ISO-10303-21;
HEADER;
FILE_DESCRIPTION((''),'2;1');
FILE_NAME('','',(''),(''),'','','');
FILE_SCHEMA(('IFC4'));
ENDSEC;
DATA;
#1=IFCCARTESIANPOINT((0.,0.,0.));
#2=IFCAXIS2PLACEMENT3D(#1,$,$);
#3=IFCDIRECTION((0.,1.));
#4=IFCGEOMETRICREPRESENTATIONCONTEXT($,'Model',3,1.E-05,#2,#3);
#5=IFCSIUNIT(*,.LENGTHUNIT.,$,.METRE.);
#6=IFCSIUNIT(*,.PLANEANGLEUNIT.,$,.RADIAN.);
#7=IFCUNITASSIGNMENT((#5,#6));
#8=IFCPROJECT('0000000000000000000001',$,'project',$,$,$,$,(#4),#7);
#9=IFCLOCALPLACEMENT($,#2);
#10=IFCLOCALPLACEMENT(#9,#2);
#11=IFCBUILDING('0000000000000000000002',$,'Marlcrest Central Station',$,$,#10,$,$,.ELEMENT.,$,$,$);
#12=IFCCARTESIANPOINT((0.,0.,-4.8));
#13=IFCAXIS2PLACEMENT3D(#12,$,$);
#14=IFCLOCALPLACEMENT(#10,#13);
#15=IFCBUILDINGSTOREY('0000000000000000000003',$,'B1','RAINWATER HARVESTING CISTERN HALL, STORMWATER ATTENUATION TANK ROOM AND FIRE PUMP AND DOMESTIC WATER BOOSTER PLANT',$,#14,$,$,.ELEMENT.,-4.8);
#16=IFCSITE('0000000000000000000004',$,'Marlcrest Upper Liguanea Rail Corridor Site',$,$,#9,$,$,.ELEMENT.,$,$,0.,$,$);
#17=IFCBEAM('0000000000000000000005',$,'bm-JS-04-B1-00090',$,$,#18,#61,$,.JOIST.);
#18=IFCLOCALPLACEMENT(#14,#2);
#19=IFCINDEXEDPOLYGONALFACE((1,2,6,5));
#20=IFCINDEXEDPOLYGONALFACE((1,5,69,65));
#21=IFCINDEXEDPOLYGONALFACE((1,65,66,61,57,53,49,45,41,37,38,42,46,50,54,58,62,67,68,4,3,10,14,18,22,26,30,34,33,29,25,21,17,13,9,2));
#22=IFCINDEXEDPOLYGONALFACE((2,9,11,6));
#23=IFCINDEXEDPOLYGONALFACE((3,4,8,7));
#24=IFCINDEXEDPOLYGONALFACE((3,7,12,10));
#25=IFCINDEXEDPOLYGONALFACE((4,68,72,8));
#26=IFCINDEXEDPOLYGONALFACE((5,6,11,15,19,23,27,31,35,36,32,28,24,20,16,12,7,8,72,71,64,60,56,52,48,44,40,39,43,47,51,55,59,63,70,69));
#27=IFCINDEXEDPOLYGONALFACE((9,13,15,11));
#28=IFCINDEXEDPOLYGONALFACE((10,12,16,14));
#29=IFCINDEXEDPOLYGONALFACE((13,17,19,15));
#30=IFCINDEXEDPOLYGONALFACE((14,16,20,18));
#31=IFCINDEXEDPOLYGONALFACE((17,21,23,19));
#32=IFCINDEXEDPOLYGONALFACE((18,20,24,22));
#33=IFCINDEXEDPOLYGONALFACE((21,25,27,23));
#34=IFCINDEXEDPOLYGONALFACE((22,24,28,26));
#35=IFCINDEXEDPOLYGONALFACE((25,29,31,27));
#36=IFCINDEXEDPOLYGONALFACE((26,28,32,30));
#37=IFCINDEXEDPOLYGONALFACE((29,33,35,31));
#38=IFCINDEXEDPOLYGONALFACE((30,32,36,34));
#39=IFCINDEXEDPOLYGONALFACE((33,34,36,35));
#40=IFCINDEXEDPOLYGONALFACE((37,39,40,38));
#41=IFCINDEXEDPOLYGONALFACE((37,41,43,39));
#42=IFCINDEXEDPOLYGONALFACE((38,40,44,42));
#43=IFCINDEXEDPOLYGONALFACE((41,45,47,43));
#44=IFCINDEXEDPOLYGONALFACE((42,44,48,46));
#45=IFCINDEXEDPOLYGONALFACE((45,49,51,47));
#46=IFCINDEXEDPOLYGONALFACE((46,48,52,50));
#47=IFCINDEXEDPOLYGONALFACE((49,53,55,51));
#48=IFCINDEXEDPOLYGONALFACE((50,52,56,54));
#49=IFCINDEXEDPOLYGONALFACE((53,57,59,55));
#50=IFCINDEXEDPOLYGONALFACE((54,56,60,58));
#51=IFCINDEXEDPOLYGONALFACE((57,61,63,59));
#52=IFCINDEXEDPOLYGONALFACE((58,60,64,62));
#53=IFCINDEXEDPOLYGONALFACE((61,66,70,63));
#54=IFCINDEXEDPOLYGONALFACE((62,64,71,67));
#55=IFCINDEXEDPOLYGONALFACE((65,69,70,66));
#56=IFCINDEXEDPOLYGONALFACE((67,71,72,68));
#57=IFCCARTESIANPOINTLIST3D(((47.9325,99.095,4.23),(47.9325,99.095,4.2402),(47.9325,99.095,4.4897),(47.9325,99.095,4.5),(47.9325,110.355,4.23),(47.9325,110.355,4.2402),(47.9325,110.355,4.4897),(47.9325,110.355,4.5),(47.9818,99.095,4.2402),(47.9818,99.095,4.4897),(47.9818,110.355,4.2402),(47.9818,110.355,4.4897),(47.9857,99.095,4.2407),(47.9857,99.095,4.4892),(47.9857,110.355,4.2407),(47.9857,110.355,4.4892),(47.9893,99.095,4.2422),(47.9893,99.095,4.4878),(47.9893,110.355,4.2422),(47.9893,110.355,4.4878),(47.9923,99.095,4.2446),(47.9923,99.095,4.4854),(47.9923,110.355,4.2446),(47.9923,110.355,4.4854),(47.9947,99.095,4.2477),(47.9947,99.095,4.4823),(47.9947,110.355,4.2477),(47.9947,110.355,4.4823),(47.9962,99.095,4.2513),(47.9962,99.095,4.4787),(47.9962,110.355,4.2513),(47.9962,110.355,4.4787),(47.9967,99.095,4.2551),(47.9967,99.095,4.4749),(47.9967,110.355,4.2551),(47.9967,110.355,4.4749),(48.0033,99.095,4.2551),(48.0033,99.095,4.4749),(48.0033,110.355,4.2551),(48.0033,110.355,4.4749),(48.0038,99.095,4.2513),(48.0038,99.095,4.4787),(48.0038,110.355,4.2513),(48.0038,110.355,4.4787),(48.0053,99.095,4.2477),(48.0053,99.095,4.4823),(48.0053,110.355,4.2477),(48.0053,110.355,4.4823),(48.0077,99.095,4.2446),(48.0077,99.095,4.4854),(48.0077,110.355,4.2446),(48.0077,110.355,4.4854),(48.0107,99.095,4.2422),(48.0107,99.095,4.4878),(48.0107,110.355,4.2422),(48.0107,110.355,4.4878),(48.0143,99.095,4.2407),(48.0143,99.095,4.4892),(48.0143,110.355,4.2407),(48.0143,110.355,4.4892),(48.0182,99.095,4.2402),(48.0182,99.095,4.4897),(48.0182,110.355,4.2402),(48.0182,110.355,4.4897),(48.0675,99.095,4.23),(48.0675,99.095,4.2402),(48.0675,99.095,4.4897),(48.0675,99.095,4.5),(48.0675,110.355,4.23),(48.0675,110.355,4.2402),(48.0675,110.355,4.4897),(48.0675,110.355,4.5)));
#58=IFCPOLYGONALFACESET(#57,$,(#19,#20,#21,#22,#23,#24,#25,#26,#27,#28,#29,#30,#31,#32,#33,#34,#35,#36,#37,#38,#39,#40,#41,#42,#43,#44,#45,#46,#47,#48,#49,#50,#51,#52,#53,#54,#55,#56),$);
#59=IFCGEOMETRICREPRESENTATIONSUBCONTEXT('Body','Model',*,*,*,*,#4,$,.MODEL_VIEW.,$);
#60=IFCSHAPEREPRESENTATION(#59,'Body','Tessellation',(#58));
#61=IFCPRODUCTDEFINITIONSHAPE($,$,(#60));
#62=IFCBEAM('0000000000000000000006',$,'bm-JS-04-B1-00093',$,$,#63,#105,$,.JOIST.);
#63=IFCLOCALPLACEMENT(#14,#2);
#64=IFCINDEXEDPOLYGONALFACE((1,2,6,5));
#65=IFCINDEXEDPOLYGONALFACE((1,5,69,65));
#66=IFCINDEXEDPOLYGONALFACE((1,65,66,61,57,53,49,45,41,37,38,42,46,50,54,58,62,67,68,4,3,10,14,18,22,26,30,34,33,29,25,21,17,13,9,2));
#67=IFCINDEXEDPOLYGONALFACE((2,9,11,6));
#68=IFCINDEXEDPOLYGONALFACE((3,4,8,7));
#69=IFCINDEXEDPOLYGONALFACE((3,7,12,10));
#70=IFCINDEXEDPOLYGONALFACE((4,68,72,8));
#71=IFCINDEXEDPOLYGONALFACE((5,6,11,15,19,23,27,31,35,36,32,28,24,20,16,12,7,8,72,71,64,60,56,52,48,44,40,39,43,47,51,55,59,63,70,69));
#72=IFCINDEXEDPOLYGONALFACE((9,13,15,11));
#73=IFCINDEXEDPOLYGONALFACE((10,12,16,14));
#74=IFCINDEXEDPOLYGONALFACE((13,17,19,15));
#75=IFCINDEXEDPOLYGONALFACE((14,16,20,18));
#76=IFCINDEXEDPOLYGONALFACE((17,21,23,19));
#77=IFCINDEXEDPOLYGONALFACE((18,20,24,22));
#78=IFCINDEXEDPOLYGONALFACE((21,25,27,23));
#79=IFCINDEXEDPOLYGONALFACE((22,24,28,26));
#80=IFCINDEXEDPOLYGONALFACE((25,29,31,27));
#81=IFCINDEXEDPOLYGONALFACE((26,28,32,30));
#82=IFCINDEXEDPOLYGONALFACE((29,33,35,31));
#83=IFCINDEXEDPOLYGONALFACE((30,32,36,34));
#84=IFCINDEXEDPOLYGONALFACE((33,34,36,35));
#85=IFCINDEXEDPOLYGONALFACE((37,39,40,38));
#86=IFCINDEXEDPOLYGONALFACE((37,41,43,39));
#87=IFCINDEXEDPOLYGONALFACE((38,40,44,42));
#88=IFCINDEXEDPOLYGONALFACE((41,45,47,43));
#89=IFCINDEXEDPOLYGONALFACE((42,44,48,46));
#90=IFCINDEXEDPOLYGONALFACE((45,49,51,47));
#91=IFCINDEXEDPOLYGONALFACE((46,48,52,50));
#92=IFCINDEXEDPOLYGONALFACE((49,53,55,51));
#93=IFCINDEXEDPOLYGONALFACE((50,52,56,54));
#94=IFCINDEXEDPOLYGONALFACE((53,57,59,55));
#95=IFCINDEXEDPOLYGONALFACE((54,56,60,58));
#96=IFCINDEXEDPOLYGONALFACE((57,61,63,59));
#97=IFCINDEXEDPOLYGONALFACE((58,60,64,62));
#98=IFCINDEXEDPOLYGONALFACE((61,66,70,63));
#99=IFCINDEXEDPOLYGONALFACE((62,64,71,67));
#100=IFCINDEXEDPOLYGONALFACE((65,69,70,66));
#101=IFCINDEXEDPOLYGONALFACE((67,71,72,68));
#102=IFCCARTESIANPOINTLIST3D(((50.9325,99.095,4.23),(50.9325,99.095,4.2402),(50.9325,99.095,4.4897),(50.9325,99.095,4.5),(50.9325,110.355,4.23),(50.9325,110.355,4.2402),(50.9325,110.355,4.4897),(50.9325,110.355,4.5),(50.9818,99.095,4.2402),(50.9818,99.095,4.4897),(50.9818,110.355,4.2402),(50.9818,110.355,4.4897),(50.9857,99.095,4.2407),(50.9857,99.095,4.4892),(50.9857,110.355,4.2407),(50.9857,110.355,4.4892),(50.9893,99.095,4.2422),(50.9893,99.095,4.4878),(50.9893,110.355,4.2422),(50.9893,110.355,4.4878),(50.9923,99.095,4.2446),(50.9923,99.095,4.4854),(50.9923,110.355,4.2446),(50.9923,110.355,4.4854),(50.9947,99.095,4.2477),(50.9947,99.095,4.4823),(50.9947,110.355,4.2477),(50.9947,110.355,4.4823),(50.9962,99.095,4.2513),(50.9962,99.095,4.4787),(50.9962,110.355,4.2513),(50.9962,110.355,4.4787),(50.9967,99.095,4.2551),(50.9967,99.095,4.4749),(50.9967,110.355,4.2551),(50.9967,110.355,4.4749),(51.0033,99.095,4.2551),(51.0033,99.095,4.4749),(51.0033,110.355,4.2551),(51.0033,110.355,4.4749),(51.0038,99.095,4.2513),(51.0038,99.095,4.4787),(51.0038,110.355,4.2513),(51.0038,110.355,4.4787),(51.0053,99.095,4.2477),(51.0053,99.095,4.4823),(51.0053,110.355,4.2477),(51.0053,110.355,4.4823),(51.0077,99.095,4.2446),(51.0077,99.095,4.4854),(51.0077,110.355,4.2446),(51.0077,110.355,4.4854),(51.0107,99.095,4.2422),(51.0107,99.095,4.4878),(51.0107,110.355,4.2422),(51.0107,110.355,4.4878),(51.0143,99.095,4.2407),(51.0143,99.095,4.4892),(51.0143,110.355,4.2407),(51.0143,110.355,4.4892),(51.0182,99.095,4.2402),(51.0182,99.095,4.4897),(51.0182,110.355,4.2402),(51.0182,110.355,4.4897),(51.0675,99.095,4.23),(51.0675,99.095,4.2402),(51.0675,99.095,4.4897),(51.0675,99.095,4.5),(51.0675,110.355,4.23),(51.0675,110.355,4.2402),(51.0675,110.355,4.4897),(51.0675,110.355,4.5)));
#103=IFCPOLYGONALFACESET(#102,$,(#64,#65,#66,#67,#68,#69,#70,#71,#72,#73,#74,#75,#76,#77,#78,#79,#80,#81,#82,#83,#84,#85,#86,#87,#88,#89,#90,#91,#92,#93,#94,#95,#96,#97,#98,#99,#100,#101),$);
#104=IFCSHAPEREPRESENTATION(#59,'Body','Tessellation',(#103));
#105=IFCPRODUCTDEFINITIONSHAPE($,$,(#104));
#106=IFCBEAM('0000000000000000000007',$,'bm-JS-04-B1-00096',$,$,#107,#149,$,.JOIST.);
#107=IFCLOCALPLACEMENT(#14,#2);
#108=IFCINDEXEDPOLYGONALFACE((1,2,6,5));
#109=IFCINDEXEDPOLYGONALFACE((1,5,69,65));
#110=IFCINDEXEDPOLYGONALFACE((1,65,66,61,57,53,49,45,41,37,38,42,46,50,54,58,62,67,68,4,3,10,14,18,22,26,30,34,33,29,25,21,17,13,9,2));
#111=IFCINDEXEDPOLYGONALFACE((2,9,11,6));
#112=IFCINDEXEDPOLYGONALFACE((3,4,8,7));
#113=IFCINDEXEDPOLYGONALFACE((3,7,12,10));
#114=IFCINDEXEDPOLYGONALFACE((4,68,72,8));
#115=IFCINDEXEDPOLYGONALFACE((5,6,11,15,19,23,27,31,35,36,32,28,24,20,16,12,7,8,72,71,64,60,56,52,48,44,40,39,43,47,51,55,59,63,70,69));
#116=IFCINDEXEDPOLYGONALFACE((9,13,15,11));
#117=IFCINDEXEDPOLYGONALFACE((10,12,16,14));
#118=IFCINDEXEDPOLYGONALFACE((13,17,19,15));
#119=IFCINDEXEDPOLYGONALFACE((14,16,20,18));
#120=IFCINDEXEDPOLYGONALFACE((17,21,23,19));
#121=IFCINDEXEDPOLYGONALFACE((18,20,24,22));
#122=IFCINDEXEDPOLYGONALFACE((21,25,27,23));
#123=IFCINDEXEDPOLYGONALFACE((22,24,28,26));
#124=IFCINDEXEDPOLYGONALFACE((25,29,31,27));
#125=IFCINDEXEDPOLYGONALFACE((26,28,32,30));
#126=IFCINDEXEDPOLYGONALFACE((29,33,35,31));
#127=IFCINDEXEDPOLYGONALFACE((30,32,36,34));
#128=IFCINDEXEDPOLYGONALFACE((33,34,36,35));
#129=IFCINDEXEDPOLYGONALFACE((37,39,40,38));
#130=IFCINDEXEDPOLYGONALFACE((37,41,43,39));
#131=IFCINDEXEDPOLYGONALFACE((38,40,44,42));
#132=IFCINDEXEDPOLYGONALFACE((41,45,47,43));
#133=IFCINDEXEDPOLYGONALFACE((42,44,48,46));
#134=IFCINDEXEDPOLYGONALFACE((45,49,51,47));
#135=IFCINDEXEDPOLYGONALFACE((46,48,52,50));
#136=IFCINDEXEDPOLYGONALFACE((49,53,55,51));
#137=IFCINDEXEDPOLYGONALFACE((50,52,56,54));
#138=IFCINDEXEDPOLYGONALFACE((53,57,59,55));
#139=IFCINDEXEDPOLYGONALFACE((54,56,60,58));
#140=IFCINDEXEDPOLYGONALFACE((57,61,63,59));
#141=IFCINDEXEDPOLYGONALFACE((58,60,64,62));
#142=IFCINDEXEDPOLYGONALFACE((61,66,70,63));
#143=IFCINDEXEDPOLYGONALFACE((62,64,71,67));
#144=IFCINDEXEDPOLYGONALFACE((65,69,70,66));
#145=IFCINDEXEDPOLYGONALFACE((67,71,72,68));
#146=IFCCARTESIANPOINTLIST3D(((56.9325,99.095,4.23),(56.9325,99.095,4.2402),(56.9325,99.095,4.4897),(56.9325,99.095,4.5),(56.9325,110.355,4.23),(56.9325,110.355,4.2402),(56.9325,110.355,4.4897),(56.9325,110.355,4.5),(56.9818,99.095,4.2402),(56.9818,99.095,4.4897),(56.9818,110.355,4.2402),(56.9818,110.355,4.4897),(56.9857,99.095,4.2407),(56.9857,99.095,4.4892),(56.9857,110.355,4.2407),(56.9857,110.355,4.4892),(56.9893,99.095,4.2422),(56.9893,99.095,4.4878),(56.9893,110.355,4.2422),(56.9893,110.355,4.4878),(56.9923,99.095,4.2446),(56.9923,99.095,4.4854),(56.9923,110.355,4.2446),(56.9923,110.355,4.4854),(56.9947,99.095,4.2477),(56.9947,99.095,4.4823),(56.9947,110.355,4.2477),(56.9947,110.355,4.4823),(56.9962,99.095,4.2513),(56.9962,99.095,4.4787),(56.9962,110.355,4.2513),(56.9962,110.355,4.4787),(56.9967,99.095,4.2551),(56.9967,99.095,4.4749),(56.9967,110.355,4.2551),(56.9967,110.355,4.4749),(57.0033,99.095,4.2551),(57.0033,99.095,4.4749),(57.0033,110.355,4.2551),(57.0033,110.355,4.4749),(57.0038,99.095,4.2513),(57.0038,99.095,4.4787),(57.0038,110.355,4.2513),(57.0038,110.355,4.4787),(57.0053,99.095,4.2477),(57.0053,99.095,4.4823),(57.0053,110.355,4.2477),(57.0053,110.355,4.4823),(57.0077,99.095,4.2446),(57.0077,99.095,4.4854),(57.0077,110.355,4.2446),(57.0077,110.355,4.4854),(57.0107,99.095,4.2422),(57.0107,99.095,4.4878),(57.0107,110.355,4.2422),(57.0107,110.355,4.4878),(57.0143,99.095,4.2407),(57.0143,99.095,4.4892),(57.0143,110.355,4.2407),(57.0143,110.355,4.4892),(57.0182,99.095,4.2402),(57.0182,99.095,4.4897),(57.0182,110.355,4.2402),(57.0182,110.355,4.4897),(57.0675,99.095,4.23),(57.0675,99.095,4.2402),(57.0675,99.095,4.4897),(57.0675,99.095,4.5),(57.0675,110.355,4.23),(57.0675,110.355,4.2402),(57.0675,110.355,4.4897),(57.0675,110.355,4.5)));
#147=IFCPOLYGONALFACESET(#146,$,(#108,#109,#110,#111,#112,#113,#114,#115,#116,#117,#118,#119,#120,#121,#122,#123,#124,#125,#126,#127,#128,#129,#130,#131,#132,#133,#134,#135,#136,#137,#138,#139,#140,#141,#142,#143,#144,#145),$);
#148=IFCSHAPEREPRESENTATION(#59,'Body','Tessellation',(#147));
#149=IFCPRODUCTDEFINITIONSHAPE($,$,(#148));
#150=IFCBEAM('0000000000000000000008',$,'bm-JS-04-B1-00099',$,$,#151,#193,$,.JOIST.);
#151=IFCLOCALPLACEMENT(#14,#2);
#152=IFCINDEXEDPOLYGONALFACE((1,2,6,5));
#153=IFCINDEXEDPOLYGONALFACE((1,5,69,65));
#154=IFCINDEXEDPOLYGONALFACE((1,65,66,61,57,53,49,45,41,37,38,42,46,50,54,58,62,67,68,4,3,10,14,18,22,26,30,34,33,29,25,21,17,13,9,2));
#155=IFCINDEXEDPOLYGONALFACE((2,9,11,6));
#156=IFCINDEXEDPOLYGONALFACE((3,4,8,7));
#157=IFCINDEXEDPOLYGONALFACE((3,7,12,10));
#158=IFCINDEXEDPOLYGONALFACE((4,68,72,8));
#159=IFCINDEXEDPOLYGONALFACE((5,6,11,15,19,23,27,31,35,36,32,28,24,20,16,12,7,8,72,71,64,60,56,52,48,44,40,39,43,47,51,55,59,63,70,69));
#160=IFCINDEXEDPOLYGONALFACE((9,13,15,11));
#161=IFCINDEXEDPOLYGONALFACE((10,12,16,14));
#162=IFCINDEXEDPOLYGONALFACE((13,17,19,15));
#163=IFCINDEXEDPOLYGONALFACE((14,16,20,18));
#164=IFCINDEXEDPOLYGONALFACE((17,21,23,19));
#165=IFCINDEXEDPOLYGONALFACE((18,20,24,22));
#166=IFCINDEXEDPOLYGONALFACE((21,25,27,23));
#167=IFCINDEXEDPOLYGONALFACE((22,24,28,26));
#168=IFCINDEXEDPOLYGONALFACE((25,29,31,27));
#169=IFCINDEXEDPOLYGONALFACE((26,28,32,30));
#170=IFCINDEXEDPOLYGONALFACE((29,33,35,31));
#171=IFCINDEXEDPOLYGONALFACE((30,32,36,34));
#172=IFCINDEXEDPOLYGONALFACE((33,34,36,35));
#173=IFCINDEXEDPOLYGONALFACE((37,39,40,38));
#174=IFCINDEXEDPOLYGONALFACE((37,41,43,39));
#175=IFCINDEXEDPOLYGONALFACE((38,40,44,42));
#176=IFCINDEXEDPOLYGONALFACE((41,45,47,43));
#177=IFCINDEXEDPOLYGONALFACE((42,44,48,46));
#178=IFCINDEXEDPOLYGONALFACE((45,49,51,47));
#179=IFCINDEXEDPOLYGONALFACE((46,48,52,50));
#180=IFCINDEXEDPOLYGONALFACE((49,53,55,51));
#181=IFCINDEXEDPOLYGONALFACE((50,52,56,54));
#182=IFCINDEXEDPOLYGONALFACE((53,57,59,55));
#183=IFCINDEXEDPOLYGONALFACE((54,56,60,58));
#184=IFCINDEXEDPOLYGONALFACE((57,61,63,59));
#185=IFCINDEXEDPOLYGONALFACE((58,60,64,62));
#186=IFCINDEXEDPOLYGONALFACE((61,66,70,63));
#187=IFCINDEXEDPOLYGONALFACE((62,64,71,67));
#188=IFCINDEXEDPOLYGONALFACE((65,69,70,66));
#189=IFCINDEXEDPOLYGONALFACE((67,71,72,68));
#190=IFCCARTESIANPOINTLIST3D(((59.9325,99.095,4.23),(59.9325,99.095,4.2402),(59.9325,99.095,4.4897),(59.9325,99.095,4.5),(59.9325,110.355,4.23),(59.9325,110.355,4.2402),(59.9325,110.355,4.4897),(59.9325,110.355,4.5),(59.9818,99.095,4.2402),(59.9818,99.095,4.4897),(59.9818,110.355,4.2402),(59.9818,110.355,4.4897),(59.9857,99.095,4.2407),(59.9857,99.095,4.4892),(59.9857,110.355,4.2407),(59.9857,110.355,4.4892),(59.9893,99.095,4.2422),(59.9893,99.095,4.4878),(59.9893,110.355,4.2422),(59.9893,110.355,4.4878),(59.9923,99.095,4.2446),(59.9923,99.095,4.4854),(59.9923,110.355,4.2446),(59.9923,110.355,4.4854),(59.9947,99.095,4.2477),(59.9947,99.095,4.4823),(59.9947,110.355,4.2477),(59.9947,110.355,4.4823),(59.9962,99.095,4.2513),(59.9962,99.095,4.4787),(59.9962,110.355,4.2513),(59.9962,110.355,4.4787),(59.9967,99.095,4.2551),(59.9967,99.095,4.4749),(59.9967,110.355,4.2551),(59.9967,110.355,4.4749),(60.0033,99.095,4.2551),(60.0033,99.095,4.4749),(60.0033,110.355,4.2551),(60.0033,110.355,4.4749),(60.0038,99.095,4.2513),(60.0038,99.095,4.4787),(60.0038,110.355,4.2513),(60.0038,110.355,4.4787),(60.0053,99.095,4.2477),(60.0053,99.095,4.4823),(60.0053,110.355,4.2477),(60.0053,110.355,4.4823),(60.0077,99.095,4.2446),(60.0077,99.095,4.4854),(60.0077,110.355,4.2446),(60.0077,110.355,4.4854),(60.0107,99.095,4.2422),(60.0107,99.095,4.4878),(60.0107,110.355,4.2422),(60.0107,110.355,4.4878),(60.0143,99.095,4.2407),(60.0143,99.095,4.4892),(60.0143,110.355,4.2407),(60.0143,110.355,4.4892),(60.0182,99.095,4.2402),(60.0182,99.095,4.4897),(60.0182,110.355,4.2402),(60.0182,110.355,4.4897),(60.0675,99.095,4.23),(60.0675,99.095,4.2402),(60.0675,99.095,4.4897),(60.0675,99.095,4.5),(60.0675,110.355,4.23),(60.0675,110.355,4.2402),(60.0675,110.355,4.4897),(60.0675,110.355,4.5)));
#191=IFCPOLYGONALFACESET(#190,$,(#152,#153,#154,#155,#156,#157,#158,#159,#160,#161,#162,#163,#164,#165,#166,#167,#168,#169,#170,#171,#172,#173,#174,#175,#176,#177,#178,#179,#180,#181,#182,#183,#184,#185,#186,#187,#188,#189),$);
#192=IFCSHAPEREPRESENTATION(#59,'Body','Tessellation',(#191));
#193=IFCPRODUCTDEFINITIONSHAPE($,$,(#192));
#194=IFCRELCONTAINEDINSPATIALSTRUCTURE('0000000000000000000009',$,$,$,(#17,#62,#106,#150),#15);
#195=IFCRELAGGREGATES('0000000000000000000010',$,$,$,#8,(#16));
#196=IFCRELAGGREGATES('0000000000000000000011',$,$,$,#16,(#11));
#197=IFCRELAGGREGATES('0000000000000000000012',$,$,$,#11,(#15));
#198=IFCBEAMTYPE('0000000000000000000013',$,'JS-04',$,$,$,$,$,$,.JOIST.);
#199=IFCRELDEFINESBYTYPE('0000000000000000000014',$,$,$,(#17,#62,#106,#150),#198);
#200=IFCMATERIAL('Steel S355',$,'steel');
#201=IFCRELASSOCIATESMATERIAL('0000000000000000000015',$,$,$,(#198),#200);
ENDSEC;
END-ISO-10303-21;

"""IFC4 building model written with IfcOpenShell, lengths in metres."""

from ifc_helpers import new_model, si_unit, direction, frame, origin, origin_2d, place, context, subcontext, project, spatial, i_section, extrude, material, material_profile, profile_set, type_object, element, save


model = new_model("IFC4")

# Units and contexts
model_context = context("Model", 3, precision=1e-05, world=origin(), true_north=direction((0.0, 1.0)))
body_context = subcontext(model_context, "Body", "Model", "MODEL_VIEW")
ifc_project = project(units=[si_unit("LENGTHUNIT", "METRE"), si_unit("PLANEANGLEUNIT", "RADIAN")], contexts=[model_context])

# Site, building, storey
site_placement = place(None, origin())
site = spatial("IfcSite", under=ifc_project, at=site_placement, Name="Marlcrest Upper Liguanea Rail Corridor Site", CompositionType="ELEMENT", RefElevation=0.0)
building_placement = place(site_placement, origin())
building = spatial("IfcBuilding", under=site, at=building_placement, Name="Marlcrest Central Station", CompositionType="ELEMENT")
storey_placement = place(building_placement, frame((0.0, 0.0, -4.8)))
storey = spatial("IfcBuildingStorey", under=building, at=storey_placement, Name="B1", Description="RAINWATER HARVESTING CISTERN HALL, STORMWATER ATTENUATION TANK ROOM AND FIRE PUMP AND DOMESTIC WATER BOOSTER PLANT", CompositionType="ELEMENT", Elevation=-4.8)

# Beams
ifc_material_1 = material(Name="Steel S355", Category="steel")
ifc_material_profile_1 = material_profile(ifc_material_1, i_section(OverallWidth=0.135, OverallDepth=0.27, WebThickness=0.0066, FlangeThickness=0.0103, FilletRadius=0.0149, at=origin_2d()), Name="IPE 270")
ifc_profile_set_1 = profile_set([ifc_material_profile_1], Name="Steel S355")
beam_type_1 = type_object("IfcBeamType", Name="JS-04", PredefinedType="JOIST", material=ifc_profile_set_1)
for number, where, z_axis, x_axis, name in (
    (1, (48.0, 99.095, 4.365), (0.0, 1.0, 0.0), (-1.0, 0.0, 0.0), "bm-JS-04-B1-00090"),
    (2, (51.0, 99.095, 4.365), (0.0, 1.0, 0.0), (-1.0, 0.0, 0.0), "bm-JS-04-B1-00093"),
    (3, (57.0, 99.095, 4.365), (0.0, 1.0, 0.0), (-1.0, 0.0, 0.0), "bm-JS-04-B1-00096"),
    (4, (60.0, 99.095, 4.365), (0.0, 1.0, 0.0), (-1.0, 0.0, 0.0), "bm-JS-04-B1-00099"),
):
    element("IfcBeam", number, at=place(storey_placement, frame(where, z_axis=z_axis, x_axis=x_axis)), inside=storey, type_object=beam_type_1, Name=name, PredefinedType="JOIST", context=body_context, shape_type="SweptSolid", body=[
        extrude(i_section(OverallWidth=0.135, OverallDepth=0.27, WebThickness=0.0066, FlangeThickness=0.0103, FilletRadius=0.0149, at=origin_2d()), origin(), (0.0, 0.0, 1.0), 11.26),
    ])

save(model, "model.ifc")
